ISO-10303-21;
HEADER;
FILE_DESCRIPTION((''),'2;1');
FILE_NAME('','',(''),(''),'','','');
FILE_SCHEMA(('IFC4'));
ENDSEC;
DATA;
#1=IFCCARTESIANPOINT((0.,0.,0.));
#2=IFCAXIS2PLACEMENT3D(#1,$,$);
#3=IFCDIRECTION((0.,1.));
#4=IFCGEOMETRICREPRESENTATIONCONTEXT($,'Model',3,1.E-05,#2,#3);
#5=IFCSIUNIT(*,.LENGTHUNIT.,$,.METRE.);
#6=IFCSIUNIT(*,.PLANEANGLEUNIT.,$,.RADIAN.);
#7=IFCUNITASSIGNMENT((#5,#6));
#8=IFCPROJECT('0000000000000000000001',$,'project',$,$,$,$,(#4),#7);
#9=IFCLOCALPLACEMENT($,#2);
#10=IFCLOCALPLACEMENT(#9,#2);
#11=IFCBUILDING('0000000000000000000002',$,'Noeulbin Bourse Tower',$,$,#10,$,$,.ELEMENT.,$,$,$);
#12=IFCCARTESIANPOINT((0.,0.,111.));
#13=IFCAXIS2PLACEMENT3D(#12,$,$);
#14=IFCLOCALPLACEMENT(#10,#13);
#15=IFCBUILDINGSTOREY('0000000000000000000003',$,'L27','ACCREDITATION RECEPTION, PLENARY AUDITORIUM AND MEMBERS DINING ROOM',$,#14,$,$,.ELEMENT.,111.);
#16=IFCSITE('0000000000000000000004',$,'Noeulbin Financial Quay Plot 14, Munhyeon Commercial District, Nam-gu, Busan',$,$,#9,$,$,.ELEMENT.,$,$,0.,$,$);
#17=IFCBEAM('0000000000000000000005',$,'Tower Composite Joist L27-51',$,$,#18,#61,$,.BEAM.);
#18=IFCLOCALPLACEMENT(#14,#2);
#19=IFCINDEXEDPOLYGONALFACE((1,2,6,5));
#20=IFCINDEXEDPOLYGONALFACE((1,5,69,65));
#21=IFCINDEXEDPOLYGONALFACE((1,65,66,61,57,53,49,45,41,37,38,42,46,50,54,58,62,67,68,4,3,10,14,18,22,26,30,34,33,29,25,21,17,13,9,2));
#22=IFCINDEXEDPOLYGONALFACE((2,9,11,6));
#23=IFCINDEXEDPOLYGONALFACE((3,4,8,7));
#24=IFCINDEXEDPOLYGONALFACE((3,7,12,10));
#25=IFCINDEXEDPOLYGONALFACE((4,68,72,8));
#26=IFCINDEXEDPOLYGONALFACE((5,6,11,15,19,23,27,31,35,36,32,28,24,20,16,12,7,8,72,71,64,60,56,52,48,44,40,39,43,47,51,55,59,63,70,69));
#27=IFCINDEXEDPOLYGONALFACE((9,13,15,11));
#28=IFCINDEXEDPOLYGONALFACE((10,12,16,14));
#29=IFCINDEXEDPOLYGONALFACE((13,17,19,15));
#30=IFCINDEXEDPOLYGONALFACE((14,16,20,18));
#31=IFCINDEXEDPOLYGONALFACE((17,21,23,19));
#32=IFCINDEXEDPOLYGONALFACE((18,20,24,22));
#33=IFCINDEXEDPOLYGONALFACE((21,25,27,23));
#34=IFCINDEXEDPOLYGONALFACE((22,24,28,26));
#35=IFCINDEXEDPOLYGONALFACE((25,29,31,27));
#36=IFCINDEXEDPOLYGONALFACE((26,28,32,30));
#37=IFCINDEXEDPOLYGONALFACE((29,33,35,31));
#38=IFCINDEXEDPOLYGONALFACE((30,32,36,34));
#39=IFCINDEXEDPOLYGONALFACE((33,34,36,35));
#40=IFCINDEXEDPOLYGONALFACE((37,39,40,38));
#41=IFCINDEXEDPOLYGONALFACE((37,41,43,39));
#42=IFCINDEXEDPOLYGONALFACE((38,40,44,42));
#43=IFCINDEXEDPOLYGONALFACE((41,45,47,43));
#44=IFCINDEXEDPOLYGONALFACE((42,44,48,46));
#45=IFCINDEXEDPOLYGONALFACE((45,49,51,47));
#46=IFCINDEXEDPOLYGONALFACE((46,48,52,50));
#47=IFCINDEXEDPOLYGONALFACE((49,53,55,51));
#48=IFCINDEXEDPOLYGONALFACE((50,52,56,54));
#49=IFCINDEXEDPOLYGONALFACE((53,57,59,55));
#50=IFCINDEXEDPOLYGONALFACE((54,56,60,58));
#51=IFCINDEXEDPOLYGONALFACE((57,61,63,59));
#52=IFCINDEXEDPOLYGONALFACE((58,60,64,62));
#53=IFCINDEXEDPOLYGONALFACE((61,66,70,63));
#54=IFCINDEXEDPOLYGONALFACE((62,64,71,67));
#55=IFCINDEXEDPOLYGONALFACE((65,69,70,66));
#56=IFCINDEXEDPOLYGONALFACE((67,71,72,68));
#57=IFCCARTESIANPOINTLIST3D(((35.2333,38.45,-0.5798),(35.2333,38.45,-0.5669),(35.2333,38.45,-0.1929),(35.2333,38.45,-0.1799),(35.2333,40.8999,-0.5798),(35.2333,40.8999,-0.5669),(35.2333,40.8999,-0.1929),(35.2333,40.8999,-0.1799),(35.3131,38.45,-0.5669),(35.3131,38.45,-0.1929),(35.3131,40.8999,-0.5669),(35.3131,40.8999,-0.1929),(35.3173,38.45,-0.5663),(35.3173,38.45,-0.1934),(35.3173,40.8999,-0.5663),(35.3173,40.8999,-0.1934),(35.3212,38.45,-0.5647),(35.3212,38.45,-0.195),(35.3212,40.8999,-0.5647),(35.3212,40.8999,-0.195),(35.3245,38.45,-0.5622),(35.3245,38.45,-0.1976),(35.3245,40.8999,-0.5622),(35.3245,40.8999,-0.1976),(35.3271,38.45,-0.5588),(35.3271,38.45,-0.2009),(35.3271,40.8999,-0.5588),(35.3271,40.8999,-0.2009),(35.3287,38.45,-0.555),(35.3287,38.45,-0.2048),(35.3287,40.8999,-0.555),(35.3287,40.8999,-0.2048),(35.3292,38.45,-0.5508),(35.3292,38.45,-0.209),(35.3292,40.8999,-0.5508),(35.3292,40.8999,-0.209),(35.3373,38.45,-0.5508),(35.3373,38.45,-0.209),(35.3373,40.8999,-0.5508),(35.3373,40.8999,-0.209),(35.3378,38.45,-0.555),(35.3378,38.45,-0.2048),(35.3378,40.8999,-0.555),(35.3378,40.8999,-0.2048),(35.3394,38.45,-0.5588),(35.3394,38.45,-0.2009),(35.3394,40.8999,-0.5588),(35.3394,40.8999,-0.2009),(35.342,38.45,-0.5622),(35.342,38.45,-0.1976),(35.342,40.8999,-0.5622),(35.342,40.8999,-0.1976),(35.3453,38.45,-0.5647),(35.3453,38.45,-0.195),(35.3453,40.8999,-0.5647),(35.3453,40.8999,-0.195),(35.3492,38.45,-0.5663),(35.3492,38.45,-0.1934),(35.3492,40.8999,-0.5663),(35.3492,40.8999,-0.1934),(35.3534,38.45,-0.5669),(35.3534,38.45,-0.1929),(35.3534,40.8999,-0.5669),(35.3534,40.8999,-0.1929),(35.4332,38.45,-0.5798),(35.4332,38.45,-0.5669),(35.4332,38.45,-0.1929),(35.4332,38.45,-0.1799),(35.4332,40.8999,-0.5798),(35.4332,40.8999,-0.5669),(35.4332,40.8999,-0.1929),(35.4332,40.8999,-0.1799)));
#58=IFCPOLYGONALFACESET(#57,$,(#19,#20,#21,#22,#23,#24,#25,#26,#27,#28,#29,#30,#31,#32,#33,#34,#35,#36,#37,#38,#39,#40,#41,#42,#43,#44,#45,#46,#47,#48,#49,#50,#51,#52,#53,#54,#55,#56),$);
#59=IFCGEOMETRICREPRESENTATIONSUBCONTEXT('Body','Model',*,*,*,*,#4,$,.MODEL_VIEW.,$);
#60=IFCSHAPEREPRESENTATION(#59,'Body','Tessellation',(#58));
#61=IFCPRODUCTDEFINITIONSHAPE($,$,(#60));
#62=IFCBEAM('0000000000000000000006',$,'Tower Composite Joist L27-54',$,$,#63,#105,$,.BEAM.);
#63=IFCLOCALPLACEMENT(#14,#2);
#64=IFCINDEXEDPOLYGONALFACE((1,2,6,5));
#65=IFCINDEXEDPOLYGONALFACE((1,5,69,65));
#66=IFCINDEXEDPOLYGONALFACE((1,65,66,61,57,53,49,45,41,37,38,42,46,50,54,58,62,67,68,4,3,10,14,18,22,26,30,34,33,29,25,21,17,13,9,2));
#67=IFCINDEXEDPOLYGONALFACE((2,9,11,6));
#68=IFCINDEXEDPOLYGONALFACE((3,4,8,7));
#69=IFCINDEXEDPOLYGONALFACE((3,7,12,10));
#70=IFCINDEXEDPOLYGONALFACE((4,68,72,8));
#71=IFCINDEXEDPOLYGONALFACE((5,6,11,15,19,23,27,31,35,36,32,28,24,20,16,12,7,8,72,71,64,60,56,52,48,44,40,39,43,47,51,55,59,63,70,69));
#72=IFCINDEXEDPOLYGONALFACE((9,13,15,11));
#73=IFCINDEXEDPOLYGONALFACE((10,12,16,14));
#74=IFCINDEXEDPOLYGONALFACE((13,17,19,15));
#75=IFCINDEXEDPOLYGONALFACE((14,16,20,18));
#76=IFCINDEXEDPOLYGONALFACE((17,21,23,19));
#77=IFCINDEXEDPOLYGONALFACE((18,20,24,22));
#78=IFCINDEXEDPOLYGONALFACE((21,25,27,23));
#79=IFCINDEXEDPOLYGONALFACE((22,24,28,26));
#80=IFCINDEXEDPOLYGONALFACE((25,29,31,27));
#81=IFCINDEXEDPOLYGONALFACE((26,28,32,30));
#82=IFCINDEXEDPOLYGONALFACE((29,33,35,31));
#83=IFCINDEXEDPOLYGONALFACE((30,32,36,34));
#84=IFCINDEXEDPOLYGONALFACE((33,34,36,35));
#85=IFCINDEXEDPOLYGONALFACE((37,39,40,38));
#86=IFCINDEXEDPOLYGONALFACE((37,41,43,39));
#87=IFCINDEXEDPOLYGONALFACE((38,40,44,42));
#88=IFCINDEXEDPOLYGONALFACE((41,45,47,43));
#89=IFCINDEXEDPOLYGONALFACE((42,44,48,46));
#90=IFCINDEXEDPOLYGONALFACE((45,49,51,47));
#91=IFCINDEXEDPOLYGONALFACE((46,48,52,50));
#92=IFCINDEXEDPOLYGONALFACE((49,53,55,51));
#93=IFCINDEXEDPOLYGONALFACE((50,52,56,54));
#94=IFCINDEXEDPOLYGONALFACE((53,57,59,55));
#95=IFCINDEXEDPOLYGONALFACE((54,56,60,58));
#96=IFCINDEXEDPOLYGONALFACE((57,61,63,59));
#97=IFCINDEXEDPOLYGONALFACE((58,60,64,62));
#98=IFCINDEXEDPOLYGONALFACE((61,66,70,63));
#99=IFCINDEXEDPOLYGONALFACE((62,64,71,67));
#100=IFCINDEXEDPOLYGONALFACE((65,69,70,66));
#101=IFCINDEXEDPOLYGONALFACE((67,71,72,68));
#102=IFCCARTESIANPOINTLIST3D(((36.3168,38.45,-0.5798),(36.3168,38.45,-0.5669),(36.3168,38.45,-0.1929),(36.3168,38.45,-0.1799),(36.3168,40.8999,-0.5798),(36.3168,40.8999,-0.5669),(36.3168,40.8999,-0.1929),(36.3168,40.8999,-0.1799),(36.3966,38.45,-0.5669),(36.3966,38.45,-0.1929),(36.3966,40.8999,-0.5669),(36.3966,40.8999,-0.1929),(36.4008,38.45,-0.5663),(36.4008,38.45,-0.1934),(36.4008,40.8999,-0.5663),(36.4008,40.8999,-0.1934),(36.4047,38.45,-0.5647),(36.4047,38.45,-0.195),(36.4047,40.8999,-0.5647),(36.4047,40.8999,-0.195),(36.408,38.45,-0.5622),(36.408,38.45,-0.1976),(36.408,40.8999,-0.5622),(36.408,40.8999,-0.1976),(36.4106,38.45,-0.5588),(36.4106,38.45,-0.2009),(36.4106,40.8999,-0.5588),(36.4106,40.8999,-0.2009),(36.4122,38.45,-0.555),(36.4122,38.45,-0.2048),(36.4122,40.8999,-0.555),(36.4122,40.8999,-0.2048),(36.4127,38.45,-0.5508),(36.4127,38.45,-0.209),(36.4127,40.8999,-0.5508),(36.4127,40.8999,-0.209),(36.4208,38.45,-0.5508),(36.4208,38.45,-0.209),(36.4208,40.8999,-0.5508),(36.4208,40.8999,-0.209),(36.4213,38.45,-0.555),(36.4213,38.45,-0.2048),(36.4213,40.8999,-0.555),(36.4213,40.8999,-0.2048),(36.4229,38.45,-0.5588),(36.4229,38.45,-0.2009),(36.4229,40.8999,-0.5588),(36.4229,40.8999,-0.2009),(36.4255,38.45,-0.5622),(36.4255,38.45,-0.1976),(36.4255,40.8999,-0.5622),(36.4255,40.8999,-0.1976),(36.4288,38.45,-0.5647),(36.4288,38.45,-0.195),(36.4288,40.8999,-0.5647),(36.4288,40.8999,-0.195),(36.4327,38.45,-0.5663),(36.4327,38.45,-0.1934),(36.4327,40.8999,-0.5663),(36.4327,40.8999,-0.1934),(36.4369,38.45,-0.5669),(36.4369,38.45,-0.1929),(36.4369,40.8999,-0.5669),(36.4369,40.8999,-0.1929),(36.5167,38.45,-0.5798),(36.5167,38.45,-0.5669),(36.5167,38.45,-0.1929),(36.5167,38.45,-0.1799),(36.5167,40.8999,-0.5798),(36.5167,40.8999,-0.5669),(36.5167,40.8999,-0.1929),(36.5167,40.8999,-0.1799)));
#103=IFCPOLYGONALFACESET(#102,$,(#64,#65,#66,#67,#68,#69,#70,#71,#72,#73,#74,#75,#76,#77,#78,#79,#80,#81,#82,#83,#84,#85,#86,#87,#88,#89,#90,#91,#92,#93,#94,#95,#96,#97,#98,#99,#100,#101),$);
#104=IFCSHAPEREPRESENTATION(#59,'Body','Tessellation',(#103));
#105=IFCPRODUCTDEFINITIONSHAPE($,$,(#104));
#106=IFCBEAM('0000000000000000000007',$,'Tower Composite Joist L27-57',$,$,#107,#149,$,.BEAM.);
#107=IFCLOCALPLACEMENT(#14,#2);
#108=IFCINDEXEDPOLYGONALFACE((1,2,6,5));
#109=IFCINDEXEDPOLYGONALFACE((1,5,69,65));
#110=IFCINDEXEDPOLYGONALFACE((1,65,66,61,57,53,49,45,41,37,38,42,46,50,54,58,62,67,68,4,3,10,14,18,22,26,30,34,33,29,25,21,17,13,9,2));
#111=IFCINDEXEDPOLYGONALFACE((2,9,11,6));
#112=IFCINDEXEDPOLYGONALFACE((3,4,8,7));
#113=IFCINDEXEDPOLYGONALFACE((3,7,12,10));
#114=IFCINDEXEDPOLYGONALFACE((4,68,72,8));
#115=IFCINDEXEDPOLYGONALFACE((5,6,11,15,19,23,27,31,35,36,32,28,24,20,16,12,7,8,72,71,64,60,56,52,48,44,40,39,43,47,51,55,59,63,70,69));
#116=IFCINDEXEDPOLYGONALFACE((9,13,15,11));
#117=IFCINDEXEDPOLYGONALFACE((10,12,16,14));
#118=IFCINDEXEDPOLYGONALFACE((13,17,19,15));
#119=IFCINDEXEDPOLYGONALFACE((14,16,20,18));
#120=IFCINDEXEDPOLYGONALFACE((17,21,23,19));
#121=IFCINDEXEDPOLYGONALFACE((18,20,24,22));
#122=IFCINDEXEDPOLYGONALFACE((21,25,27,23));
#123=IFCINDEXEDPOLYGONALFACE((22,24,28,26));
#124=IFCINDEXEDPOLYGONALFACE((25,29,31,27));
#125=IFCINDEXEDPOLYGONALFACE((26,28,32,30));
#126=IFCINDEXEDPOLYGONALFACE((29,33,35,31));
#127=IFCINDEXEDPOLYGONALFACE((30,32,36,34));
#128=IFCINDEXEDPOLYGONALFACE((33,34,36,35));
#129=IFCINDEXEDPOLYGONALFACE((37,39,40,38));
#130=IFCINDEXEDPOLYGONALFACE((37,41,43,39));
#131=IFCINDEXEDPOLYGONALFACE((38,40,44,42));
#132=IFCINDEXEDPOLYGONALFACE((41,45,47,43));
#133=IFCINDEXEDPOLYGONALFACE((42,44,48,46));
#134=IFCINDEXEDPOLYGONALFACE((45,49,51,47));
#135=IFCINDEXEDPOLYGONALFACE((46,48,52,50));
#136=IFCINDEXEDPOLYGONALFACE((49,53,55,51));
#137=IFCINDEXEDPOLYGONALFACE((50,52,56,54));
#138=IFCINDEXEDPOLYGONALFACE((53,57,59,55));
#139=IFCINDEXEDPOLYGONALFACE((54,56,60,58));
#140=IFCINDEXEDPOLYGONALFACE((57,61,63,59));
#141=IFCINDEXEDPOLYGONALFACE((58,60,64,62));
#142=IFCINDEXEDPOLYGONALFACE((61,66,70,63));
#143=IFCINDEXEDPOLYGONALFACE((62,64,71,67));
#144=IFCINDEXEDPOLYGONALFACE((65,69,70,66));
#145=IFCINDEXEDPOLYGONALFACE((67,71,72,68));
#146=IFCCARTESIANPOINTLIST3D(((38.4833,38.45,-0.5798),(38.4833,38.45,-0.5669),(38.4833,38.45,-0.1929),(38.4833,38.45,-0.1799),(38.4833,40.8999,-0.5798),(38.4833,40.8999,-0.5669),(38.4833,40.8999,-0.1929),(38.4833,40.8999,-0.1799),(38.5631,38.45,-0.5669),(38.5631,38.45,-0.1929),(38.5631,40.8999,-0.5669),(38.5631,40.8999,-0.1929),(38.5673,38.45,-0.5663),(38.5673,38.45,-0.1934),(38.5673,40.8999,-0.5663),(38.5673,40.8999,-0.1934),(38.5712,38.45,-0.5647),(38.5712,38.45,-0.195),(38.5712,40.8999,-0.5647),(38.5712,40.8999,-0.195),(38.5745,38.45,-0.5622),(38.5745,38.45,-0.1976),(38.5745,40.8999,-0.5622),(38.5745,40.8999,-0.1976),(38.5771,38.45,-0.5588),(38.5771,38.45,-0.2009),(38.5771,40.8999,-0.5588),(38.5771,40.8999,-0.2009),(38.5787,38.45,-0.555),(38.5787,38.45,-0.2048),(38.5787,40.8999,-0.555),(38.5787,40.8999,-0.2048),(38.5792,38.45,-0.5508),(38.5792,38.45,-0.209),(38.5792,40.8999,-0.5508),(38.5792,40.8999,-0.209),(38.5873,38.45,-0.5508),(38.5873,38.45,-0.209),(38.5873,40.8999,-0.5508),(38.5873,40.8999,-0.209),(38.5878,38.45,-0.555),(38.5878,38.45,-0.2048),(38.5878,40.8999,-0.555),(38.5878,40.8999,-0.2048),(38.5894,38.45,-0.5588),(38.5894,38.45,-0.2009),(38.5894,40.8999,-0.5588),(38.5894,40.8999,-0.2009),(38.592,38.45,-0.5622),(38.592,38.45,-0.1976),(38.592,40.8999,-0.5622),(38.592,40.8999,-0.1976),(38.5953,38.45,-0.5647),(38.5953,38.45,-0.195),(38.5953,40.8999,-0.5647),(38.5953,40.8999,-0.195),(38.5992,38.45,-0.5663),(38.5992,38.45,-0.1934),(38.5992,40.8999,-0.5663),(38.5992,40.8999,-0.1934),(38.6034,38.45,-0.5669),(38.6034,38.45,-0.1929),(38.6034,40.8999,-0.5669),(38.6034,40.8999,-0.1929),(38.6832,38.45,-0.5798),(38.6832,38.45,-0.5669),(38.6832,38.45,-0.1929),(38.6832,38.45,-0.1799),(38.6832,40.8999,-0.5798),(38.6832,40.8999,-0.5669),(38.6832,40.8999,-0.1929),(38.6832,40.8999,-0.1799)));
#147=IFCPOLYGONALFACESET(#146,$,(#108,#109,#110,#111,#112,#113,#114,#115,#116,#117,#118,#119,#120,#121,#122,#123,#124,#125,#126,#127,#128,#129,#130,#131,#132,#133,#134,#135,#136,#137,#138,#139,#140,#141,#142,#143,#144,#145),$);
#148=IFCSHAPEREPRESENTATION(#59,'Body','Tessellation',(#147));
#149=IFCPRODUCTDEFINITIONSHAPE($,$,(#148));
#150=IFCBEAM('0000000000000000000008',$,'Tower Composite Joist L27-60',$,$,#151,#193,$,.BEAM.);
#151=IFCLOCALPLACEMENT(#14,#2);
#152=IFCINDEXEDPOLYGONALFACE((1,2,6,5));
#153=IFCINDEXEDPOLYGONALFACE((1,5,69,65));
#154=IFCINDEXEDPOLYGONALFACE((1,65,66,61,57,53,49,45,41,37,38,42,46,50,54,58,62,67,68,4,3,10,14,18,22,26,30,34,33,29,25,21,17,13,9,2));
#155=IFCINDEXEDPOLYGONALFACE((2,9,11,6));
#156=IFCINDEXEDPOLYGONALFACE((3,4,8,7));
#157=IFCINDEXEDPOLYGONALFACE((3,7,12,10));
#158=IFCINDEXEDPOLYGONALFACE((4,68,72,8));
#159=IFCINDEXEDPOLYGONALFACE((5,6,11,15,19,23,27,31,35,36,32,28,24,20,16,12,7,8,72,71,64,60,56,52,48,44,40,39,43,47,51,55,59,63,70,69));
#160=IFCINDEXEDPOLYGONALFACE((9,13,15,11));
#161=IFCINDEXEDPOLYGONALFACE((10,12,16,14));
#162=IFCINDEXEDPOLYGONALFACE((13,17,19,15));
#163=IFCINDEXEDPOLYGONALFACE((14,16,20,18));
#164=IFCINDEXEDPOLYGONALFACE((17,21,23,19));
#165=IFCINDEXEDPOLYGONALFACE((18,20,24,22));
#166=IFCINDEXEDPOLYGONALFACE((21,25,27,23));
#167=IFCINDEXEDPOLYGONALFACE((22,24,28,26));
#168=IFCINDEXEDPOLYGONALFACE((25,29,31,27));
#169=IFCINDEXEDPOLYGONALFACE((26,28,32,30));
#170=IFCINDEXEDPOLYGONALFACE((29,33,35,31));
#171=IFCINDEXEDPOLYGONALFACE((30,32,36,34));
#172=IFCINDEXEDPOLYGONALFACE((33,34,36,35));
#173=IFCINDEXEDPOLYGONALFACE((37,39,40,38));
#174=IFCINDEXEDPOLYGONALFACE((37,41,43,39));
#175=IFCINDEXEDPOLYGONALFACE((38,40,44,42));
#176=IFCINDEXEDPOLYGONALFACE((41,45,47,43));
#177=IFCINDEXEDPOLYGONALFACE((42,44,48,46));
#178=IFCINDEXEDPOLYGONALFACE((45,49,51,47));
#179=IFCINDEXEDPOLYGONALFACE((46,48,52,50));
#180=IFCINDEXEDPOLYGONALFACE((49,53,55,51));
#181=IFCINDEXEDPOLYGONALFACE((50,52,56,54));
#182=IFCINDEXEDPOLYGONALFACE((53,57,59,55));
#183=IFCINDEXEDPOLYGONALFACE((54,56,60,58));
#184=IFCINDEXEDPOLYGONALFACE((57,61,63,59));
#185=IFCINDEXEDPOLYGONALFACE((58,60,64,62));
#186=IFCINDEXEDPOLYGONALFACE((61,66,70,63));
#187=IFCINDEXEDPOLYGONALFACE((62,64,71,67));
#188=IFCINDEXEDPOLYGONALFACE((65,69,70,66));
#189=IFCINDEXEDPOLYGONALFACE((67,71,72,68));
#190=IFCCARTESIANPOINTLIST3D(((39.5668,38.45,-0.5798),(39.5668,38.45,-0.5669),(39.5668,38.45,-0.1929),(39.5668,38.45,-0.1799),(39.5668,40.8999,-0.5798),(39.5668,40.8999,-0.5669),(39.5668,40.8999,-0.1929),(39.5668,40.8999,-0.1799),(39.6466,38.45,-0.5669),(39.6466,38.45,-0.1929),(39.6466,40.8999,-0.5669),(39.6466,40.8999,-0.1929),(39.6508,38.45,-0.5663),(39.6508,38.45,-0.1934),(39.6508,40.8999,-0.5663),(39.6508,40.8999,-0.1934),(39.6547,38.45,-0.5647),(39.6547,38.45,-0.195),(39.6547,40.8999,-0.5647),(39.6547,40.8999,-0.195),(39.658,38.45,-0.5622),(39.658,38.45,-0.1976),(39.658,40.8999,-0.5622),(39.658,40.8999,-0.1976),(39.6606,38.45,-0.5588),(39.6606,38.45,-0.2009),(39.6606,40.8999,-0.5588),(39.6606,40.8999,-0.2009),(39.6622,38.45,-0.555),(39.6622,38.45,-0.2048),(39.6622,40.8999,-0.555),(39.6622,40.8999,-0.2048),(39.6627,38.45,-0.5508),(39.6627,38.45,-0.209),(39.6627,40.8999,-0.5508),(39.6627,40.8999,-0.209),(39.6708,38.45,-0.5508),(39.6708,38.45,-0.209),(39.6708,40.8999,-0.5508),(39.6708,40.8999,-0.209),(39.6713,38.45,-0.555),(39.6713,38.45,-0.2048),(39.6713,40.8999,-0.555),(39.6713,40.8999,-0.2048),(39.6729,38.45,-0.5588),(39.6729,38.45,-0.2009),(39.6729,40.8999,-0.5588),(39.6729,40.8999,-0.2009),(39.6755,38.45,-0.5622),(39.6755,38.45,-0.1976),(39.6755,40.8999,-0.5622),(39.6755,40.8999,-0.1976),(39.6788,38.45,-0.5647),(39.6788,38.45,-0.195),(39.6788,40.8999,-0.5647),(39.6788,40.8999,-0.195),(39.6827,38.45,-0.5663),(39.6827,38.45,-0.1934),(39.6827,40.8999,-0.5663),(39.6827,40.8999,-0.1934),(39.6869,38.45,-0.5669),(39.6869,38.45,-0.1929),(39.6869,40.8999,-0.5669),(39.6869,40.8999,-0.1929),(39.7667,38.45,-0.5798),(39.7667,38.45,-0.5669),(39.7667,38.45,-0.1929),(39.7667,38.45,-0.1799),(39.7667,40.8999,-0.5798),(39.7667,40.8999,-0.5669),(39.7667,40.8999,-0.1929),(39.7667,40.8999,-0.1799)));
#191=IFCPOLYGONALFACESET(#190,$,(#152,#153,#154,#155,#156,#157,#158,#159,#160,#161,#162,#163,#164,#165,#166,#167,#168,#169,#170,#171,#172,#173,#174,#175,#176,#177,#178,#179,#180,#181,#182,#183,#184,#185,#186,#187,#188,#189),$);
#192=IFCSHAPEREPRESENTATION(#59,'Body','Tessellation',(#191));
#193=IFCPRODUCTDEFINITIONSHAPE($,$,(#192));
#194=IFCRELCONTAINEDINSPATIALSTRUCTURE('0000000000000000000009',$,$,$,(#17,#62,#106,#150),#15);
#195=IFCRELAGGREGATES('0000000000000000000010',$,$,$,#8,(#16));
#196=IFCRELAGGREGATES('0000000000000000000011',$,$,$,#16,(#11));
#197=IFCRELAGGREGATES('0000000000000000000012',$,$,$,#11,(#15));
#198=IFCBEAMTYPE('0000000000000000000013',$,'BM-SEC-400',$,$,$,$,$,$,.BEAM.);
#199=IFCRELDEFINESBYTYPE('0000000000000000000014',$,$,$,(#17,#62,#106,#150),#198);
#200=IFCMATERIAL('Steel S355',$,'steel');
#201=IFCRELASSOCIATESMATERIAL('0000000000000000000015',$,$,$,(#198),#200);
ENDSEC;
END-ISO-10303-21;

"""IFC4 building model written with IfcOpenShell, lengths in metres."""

from ifc_helpers import new_model, si_unit, direction, frame, origin, origin_2d, place, context, subcontext, project, spatial, i_section, extrude, material, material_profile, profile_set, type_object, element, save


model = new_model("IFC4")

# Units and contexts
model_context = context("Model", 3, precision=1e-05, world=origin(), true_north=direction((0.0, 1.0)))
body_context = subcontext(model_context, "Body", "Model", "MODEL_VIEW")
ifc_project = project(units=[si_unit("LENGTHUNIT", "METRE"), si_unit("PLANEANGLEUNIT", "RADIAN")], contexts=[model_context])

# Site, building, storey
site_placement = place(None, origin())
site = spatial("IfcSite", under=ifc_project, at=site_placement, Name="Noeulbin Financial Quay Plot 14, Munhyeon Commercial District, Nam-gu, Busan", CompositionType="ELEMENT", RefElevation=0.0)
building_placement = place(site_placement, origin())
building = spatial("IfcBuilding", under=site, at=building_placement, Name="Noeulbin Bourse Tower", CompositionType="ELEMENT")
storey_placement = place(building_placement, frame((0.0, 0.0, 111.0)))
storey = spatial("IfcBuildingStorey", under=building, at=storey_placement, Name="L27", Description="ACCREDITATION RECEPTION, PLENARY AUDITORIUM AND MEMBERS DINING ROOM", CompositionType="ELEMENT", Elevation=111.0)

# Shared definitions
ifc_material_1 = material(Name="Steel S355", Category="steel")

# Beams
ifc_material_profile_1 = material_profile(ifc_material_1, i_section(OverallWidth=0.2, OverallDepth=0.3999, WebThickness=0.0081, FlangeThickness=0.0129, FilletRadius=0.0161, at=origin_2d()), Name="H-400x200x8x13", Category="LoadBearing")
ifc_profile_set_1 = profile_set([ifc_material_profile_1], Name="Steel S355")
beam_type_1 = type_object("IfcBeamType", Name="BM-SEC-400", PredefinedType="BEAM", material=ifc_profile_set_1)
for number, where, z_axis, x_axis, name in (
    (1, (35.3333, 38.45, -0.3799), (0.0, 1.0, 0.0), (-1.0, 0.0, 0.0), "Tower Composite Joist L27-51"),
    (2, (36.4167, 38.45, -0.3799), (0.0, 1.0, 0.0), (-1.0, 0.0, 0.0), "Tower Composite Joist L27-54"),
    (3, (38.5833, 38.45, -0.3799), (0.0, 1.0, 0.0), (-1.0, 0.0, 0.0), "Tower Composite Joist L27-57"),
    (4, (39.6667, 38.45, -0.3799), (0.0, 1.0, 0.0), (-1.0, 0.0, 0.0), "Tower Composite Joist L27-60"),
):
    element("IfcBeam", number, at=place(storey_placement, frame(where, z_axis=z_axis, x_axis=x_axis)), inside=storey, type_object=beam_type_1, Name=name, PredefinedType="BEAM", context=body_context, shape_type="SweptSolid", body=[
        extrude(i_section(OverallWidth=0.2, OverallDepth=0.3999, WebThickness=0.0081, FlangeThickness=0.0129, FilletRadius=0.0161, at=origin_2d()), origin(), (0.0, 0.0, 1.0), 2.45),
    ])

save(model, "model.ifc")
